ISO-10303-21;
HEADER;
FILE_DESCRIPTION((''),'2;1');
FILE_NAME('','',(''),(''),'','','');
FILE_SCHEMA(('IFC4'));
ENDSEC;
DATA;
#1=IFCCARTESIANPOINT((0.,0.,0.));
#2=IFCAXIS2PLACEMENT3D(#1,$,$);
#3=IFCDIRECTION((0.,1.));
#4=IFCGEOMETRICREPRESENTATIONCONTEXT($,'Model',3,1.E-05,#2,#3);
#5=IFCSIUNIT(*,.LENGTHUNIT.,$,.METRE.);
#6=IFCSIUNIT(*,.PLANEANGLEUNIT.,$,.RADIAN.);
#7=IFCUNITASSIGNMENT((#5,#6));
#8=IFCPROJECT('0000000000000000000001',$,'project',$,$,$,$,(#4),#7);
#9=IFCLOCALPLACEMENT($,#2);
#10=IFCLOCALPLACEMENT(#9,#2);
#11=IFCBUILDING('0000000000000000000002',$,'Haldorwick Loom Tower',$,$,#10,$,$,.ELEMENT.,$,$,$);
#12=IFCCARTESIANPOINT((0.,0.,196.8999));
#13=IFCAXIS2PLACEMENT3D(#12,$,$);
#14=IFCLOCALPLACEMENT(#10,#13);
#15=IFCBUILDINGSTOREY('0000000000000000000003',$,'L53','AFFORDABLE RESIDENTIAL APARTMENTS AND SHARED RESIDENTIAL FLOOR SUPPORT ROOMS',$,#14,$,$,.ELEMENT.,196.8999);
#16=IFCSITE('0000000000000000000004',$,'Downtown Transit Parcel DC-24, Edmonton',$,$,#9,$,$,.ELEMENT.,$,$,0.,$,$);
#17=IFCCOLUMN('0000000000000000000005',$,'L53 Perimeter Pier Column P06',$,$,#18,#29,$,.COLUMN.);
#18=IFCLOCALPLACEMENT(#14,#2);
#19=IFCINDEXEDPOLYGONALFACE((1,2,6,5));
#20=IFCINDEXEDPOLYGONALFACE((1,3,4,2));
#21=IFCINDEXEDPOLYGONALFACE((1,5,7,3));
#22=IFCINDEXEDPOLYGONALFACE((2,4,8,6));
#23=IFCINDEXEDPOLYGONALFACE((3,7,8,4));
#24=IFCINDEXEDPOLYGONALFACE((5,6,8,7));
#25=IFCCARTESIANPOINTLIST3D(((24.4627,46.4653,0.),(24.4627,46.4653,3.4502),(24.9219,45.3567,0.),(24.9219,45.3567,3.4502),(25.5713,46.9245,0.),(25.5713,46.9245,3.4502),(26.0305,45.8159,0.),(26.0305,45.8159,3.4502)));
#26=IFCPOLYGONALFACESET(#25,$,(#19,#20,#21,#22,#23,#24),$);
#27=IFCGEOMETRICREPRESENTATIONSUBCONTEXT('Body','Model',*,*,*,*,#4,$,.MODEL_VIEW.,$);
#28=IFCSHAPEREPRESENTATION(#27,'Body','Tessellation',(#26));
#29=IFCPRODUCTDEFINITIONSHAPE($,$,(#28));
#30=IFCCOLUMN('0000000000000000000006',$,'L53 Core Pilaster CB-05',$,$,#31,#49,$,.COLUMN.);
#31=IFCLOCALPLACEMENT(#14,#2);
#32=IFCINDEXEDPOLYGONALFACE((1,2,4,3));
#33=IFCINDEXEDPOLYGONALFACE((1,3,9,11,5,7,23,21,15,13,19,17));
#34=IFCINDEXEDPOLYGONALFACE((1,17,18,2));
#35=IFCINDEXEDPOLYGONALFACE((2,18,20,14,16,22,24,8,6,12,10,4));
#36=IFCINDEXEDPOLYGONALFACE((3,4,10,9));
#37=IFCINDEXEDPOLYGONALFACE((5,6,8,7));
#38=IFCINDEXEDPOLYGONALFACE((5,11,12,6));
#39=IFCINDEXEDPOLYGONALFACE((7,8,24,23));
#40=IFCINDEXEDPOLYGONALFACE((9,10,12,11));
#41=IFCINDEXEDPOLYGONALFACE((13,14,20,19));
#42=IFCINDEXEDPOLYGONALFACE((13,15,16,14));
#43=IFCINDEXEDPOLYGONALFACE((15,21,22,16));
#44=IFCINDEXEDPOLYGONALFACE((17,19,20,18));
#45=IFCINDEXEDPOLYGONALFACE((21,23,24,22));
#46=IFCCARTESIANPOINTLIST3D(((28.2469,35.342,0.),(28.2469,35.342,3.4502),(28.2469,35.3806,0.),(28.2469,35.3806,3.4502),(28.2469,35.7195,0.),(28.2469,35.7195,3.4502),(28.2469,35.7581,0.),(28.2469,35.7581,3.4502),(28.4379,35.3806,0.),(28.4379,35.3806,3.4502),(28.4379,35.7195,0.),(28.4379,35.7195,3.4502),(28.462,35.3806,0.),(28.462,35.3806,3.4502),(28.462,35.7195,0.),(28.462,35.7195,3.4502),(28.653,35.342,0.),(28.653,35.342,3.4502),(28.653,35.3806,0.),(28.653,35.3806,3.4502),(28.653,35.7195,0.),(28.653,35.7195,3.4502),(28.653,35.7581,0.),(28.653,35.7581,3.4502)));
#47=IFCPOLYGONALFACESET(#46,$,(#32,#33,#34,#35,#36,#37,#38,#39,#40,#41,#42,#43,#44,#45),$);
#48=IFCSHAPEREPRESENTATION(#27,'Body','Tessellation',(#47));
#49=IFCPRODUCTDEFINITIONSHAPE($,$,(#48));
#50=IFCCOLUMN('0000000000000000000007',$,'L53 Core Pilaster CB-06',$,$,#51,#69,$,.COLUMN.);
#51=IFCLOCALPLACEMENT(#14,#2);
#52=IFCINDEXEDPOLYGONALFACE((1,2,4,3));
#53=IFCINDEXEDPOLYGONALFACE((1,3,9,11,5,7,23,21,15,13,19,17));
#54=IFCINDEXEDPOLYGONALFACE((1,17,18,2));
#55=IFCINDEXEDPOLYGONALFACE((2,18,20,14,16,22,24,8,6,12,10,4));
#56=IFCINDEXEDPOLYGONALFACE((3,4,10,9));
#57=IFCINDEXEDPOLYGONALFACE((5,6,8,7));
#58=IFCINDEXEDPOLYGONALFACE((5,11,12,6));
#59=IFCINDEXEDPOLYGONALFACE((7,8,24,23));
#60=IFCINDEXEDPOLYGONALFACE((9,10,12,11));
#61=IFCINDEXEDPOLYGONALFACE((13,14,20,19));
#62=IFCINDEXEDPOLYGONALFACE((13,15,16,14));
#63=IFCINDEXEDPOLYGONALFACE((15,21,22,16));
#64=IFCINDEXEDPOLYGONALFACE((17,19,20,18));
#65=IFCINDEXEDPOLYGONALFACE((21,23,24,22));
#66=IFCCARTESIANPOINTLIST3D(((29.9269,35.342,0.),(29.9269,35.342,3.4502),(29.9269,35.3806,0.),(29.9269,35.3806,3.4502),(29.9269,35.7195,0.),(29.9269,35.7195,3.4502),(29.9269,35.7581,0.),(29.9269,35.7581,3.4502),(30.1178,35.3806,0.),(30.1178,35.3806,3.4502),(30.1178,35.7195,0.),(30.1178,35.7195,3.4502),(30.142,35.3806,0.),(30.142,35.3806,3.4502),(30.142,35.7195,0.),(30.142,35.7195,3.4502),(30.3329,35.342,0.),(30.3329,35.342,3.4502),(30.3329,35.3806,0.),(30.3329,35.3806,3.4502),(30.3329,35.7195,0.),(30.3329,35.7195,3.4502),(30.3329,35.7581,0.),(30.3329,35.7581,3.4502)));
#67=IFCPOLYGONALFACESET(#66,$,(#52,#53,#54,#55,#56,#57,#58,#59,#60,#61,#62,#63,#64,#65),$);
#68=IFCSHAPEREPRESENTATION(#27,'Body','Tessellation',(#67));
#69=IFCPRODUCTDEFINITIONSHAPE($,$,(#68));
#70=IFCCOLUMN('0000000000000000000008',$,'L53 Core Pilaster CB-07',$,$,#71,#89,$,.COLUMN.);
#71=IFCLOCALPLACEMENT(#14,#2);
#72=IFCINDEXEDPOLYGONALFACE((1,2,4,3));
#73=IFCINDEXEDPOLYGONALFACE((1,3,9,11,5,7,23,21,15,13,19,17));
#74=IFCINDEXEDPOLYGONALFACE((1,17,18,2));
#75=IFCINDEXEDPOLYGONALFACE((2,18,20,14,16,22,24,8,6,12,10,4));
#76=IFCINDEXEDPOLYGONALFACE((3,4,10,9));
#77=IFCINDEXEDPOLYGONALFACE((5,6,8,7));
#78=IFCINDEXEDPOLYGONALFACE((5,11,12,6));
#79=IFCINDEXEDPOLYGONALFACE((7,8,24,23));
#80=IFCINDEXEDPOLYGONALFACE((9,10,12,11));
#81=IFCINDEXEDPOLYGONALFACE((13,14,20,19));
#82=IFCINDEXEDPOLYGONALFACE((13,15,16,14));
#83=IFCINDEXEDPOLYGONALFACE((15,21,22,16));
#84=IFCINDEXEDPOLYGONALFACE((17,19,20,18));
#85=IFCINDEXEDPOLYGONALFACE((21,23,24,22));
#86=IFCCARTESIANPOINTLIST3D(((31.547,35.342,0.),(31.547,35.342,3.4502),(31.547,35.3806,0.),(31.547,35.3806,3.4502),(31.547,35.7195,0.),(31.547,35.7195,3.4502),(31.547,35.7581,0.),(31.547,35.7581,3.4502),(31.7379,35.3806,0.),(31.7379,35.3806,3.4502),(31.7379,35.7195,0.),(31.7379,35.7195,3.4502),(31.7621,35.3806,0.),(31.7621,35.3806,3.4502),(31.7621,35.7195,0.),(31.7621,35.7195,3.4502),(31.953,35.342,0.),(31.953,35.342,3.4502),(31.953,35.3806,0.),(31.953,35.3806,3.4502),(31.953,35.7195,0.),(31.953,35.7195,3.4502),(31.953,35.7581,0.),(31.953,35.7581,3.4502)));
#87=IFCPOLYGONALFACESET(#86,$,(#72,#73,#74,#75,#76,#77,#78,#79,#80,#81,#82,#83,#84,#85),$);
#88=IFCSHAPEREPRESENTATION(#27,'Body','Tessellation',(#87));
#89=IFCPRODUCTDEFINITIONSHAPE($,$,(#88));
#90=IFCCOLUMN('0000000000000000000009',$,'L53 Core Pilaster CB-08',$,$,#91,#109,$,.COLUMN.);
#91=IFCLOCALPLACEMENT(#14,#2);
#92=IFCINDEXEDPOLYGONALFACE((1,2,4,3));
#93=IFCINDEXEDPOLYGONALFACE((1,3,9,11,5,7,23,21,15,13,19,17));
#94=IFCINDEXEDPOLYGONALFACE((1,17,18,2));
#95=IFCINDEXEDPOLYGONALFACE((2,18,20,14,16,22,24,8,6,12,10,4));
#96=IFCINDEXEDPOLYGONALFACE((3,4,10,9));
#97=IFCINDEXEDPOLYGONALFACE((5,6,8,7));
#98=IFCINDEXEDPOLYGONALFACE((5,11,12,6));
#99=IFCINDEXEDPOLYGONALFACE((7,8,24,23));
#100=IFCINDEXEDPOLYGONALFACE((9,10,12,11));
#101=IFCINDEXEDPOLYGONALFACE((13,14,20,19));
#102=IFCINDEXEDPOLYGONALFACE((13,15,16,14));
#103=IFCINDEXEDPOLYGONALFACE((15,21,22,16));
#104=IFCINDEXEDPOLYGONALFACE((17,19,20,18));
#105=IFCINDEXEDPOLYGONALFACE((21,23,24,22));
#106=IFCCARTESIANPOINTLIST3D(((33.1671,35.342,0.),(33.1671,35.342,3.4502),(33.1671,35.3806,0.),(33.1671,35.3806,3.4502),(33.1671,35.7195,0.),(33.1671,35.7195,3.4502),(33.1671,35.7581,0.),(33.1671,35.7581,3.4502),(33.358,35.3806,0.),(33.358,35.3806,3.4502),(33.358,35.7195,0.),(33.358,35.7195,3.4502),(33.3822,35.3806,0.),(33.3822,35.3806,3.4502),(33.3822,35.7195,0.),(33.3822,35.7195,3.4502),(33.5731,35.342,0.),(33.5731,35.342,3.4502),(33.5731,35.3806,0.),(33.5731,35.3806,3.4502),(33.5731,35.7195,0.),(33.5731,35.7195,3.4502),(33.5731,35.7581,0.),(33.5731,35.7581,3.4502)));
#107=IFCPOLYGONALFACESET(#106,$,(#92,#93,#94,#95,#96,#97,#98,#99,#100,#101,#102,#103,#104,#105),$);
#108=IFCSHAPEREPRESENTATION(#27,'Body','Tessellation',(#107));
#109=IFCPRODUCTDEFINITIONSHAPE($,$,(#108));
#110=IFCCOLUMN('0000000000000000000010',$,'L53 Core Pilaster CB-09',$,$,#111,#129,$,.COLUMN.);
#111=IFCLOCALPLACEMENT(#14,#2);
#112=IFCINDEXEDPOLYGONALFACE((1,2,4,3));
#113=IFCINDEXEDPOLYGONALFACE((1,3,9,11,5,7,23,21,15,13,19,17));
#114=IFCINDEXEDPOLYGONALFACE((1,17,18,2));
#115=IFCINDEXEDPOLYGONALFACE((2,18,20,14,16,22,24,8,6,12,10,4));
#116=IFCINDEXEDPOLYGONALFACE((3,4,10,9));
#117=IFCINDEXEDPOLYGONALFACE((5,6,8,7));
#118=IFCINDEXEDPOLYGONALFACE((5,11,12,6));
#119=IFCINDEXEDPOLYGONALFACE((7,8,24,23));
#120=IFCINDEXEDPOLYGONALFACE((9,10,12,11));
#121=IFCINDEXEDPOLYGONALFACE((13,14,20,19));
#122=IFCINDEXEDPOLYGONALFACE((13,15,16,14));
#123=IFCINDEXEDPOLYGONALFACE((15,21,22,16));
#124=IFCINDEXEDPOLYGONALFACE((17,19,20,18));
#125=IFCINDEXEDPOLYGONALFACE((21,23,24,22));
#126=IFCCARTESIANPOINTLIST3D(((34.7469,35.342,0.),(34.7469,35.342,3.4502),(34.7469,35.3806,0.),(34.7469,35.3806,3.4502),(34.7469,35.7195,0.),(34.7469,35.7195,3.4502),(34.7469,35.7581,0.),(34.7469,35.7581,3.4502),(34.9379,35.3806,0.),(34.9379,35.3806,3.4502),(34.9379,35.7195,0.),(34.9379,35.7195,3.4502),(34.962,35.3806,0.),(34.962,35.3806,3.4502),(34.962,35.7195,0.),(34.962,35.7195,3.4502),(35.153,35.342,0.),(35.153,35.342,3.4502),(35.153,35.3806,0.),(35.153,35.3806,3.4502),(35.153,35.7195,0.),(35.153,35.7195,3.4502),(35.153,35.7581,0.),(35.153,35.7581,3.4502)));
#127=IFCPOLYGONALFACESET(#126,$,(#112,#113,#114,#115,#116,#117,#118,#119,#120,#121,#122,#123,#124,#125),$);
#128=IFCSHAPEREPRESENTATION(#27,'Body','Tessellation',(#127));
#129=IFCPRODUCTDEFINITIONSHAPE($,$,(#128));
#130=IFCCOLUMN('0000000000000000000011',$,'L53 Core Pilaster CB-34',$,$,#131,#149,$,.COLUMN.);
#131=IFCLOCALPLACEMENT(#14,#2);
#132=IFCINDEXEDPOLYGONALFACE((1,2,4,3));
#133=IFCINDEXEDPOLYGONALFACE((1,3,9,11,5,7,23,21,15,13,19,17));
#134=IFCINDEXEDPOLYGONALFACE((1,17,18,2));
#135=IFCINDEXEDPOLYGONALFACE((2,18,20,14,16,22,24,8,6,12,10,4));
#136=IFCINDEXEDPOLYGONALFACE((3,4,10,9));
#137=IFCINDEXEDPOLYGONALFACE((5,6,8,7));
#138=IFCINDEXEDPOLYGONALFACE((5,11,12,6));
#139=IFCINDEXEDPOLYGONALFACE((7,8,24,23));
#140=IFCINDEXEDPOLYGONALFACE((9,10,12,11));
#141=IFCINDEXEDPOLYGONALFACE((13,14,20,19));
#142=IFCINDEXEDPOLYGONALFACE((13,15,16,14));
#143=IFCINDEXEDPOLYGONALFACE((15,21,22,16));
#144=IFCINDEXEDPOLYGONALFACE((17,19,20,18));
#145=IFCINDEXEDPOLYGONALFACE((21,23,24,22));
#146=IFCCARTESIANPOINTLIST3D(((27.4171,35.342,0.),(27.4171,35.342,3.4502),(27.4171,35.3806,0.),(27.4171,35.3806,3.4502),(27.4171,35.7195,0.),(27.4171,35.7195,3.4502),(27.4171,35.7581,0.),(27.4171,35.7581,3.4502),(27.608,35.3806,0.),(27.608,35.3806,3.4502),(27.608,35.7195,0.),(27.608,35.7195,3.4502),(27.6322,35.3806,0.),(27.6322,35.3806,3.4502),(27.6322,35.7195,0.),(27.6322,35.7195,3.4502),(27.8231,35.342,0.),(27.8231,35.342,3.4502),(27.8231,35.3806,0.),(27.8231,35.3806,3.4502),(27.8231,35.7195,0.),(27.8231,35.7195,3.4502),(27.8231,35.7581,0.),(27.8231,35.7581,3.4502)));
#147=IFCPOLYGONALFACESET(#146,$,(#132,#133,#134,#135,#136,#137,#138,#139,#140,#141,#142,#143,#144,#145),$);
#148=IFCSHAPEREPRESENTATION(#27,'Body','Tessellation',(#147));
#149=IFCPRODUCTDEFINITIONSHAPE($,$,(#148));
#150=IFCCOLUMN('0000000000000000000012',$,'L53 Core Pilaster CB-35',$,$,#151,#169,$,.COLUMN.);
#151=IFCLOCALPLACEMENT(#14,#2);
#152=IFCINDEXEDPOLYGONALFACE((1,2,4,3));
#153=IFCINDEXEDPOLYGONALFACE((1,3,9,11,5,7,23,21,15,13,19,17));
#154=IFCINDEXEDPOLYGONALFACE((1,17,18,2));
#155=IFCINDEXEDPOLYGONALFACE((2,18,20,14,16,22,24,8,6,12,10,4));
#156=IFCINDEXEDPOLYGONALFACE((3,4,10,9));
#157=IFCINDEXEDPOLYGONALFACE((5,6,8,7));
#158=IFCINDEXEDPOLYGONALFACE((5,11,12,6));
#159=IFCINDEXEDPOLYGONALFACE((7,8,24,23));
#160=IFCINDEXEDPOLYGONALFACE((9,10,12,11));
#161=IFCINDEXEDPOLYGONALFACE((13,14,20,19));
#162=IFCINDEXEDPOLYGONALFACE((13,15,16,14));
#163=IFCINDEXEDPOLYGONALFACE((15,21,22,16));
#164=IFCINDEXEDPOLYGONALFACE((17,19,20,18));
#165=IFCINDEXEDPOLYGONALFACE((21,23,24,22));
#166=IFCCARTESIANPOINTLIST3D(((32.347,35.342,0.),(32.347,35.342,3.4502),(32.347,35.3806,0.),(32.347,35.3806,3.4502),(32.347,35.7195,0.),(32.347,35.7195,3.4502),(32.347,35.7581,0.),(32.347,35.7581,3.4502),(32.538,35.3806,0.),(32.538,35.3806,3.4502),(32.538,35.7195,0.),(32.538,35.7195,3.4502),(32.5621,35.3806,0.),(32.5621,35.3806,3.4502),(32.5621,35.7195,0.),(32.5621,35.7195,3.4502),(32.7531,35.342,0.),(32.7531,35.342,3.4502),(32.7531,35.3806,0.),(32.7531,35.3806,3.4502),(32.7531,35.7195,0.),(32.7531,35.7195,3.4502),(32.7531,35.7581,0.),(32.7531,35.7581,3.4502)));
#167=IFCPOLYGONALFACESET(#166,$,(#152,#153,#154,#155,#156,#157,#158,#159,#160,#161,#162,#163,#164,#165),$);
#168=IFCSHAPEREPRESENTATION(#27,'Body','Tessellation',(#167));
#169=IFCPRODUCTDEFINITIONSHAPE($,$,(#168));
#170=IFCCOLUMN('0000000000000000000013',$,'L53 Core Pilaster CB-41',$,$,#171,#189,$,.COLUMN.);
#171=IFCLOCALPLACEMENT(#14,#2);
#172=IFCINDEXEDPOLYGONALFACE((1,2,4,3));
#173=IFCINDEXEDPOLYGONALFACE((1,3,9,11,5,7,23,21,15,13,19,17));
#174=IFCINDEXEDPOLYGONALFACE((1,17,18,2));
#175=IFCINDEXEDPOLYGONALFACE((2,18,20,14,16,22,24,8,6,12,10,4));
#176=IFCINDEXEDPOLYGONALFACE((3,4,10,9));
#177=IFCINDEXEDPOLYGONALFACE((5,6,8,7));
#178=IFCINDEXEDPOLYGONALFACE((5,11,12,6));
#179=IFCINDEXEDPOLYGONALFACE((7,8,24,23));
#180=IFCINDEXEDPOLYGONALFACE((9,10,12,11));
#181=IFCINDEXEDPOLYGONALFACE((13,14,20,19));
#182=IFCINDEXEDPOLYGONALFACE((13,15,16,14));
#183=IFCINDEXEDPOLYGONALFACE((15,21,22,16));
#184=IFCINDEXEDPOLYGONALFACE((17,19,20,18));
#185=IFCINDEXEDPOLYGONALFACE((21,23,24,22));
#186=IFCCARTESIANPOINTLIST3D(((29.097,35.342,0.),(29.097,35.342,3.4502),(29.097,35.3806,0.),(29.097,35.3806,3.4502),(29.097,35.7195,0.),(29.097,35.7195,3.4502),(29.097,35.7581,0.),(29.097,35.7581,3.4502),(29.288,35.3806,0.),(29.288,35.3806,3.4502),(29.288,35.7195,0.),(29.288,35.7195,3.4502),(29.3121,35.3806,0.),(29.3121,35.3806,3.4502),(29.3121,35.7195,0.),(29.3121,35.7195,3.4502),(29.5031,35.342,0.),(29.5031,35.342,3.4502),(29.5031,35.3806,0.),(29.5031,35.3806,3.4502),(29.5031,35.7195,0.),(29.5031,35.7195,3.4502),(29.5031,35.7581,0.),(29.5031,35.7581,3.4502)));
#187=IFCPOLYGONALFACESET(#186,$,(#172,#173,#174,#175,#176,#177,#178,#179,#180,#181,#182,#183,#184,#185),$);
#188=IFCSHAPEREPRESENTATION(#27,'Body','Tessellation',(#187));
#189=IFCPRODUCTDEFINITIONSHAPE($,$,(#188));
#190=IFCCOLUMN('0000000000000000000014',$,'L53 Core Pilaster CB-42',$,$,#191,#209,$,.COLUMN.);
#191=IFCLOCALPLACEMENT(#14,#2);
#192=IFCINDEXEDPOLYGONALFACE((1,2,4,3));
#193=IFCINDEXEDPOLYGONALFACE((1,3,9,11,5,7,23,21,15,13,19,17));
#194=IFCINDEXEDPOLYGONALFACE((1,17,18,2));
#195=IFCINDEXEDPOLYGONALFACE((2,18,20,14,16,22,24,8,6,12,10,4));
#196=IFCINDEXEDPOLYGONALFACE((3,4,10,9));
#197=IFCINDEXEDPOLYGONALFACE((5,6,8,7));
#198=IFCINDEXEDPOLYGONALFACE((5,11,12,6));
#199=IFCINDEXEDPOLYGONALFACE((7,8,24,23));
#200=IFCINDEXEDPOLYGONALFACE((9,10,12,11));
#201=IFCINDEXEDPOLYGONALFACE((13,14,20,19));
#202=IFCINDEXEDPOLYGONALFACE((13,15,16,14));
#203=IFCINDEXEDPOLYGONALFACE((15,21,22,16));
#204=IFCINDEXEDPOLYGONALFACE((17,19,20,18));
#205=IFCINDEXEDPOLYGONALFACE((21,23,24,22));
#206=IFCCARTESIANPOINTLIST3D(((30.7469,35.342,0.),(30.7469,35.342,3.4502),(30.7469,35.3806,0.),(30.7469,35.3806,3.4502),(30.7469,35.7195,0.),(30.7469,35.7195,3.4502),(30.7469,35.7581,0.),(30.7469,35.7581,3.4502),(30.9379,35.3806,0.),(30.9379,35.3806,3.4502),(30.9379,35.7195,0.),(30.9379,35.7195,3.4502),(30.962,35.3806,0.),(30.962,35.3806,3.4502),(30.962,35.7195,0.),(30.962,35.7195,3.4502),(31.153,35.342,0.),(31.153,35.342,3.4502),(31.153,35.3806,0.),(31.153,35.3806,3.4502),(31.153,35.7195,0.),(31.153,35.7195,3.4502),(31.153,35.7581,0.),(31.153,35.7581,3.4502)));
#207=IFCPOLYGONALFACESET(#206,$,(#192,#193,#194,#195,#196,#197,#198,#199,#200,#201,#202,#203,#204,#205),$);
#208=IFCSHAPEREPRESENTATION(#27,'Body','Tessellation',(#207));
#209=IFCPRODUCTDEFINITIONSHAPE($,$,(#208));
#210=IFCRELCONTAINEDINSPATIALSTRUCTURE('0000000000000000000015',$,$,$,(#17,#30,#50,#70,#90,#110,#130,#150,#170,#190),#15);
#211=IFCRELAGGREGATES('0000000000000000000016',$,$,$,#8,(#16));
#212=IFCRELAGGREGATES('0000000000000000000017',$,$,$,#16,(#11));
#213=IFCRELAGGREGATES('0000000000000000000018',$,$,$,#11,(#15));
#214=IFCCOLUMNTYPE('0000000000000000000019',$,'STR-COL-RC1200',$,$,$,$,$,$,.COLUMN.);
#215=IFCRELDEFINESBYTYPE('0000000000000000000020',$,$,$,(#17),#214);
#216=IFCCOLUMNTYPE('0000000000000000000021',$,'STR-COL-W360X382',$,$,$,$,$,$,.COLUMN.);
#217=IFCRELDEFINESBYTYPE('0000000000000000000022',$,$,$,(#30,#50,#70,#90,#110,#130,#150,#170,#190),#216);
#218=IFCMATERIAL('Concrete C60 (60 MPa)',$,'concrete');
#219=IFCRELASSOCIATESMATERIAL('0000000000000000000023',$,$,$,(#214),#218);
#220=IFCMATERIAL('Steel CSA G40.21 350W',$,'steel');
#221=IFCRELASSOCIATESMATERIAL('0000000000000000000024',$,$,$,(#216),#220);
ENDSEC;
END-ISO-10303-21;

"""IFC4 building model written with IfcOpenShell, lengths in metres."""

from ifc_helpers import new_model, si_unit, direction, frame, origin, origin_2d, place, context, subcontext, project, spatial, rectangle, i_section, extrude, material, material_profile, profile_set, type_object, element, save


model = new_model("IFC4")

# Units and contexts
model_context = context("Model", 3, precision=1e-05, world=origin(), true_north=direction((0.0, 1.0)))
body_context = subcontext(model_context, "Body", "Model", "MODEL_VIEW")
ifc_project = project(units=[si_unit("LENGTHUNIT", "METRE"), si_unit("PLANEANGLEUNIT", "RADIAN")], contexts=[model_context])

# Site, building, storey
site_placement = place(None, origin())
site = spatial("IfcSite", under=ifc_project, at=site_placement, Name="Downtown Transit Parcel DC-24, Edmonton", CompositionType="ELEMENT", RefElevation=0.0)
building_placement = place(site_placement, origin())
building = spatial("IfcBuilding", under=site, at=building_placement, Name="Haldorwick Loom Tower", CompositionType="ELEMENT")
storey_placement = place(building_placement, frame((0.0, 0.0, 196.8999)))
storey = spatial("IfcBuildingStorey", under=building, at=storey_placement, Name="L53", Description="AFFORDABLE RESIDENTIAL APARTMENTS AND SHARED RESIDENTIAL FLOOR SUPPORT ROOMS", CompositionType="ELEMENT", Elevation=196.8999)

# Columns
ifc_material_1 = material(Name="Concrete C60 (60 MPa)", Category="concrete")
ifc_material_profile_1 = material_profile(ifc_material_1, rectangle(XDim=1.2, YDim=1.2, at=origin_2d()), Name="RC1200X1200", Category="concrete")
ifc_profile_set_1 = profile_set([ifc_material_profile_1], Name="Concrete C60 (60 MPa)")
column_type_1 = type_object("IfcColumnType", Name="STR-COL-RC1200", PredefinedType="COLUMN", material=ifc_profile_set_1)
column_placement = place(storey_placement, frame((25.2466, 46.1406, 0.0), z_axis=(0.0, 0.0, 1.0), x_axis=(-0.382683, 0.92388, 0.0)))
element("IfcColumn", 1, at=column_placement, inside=storey, type_object=column_type_1, Name="L53 Perimeter Pier Column P06", PredefinedType="COLUMN", context=body_context, shape_type="SweptSolid", body=[
    extrude(rectangle(XDim=1.2, YDim=1.2, at=origin_2d()), origin(), (0.0, 0.0, 1.0), 3.4502),
])
ifc_material_2 = material(Name="Steel CSA G40.21 350W", Category="steel")
ifc_material_profile_2 = material_profile(ifc_material_2, i_section(OverallWidth=0.406, OverallDepth=0.416, WebThickness=0.0242, FlangeThickness=0.0386, at=origin_2d()), Name="W360X382", Category="steel")
ifc_profile_set_2 = profile_set([ifc_material_profile_2], Name="Steel CSA G40.21 350W")
column_type_2 = type_object("IfcColumnType", Name="STR-COL-W360X382", PredefinedType="COLUMN", material=ifc_profile_set_2)
for number, where, z_axis, x_axis, name in (
    (2, (28.45, 35.55, 0.0), (0.0, 0.0, 1.0), (1.0, 0.0, 0.0), "L53 Core Pilaster CB-05"),
    (3, (30.1299, 35.55, 0.0), (0.0, 0.0, 1.0), (1.0, 0.0, 0.0), "L53 Core Pilaster CB-06"),
    (4, (31.75, 35.55, 0.0), (0.0, 0.0, 1.0), (1.0, 0.0, 0.0), "L53 Core Pilaster CB-07"),
    (5, (33.3701, 35.55, 0.0), (0.0, 0.0, 1.0), (1.0, 0.0, 0.0), "L53 Core Pilaster CB-08"),
    (6, (34.95, 35.55, 0.0), (0.0, 0.0, 1.0), (1.0, 0.0, 0.0), "L53 Core Pilaster CB-09"),
    (7, (27.6201, 35.55, 0.0), (0.0, 0.0, 1.0), (1.0, 0.0, 0.0), "L53 Core Pilaster CB-34"),
    (8, (32.55, 35.55, 0.0), (0.0, 0.0, 1.0), (1.0, 0.0, 0.0), "L53 Core Pilaster CB-35"),
    (9, (29.3, 35.55, 0.0), (0.0, 0.0, 1.0), (1.0, 0.0, 0.0), "L53 Core Pilaster CB-41"),
    (10, (30.95, 35.55, 0.0), (0.0, 0.0, 1.0), (1.0, 0.0, 0.0), "L53 Core Pilaster CB-42"),
):
    element("IfcColumn", number, at=place(storey_placement, frame(where, z_axis=z_axis, x_axis=x_axis)), inside=storey, type_object=column_type_2, Name=name, PredefinedType="COLUMN", context=body_context, shape_type="SweptSolid", body=[
        extrude(i_section(OverallWidth=0.406, OverallDepth=0.416, WebThickness=0.0242, FlangeThickness=0.0386, at=origin_2d()), origin(), (0.0, 0.0, 1.0), 3.4502),
    ])

save(model, "model.ifc")
